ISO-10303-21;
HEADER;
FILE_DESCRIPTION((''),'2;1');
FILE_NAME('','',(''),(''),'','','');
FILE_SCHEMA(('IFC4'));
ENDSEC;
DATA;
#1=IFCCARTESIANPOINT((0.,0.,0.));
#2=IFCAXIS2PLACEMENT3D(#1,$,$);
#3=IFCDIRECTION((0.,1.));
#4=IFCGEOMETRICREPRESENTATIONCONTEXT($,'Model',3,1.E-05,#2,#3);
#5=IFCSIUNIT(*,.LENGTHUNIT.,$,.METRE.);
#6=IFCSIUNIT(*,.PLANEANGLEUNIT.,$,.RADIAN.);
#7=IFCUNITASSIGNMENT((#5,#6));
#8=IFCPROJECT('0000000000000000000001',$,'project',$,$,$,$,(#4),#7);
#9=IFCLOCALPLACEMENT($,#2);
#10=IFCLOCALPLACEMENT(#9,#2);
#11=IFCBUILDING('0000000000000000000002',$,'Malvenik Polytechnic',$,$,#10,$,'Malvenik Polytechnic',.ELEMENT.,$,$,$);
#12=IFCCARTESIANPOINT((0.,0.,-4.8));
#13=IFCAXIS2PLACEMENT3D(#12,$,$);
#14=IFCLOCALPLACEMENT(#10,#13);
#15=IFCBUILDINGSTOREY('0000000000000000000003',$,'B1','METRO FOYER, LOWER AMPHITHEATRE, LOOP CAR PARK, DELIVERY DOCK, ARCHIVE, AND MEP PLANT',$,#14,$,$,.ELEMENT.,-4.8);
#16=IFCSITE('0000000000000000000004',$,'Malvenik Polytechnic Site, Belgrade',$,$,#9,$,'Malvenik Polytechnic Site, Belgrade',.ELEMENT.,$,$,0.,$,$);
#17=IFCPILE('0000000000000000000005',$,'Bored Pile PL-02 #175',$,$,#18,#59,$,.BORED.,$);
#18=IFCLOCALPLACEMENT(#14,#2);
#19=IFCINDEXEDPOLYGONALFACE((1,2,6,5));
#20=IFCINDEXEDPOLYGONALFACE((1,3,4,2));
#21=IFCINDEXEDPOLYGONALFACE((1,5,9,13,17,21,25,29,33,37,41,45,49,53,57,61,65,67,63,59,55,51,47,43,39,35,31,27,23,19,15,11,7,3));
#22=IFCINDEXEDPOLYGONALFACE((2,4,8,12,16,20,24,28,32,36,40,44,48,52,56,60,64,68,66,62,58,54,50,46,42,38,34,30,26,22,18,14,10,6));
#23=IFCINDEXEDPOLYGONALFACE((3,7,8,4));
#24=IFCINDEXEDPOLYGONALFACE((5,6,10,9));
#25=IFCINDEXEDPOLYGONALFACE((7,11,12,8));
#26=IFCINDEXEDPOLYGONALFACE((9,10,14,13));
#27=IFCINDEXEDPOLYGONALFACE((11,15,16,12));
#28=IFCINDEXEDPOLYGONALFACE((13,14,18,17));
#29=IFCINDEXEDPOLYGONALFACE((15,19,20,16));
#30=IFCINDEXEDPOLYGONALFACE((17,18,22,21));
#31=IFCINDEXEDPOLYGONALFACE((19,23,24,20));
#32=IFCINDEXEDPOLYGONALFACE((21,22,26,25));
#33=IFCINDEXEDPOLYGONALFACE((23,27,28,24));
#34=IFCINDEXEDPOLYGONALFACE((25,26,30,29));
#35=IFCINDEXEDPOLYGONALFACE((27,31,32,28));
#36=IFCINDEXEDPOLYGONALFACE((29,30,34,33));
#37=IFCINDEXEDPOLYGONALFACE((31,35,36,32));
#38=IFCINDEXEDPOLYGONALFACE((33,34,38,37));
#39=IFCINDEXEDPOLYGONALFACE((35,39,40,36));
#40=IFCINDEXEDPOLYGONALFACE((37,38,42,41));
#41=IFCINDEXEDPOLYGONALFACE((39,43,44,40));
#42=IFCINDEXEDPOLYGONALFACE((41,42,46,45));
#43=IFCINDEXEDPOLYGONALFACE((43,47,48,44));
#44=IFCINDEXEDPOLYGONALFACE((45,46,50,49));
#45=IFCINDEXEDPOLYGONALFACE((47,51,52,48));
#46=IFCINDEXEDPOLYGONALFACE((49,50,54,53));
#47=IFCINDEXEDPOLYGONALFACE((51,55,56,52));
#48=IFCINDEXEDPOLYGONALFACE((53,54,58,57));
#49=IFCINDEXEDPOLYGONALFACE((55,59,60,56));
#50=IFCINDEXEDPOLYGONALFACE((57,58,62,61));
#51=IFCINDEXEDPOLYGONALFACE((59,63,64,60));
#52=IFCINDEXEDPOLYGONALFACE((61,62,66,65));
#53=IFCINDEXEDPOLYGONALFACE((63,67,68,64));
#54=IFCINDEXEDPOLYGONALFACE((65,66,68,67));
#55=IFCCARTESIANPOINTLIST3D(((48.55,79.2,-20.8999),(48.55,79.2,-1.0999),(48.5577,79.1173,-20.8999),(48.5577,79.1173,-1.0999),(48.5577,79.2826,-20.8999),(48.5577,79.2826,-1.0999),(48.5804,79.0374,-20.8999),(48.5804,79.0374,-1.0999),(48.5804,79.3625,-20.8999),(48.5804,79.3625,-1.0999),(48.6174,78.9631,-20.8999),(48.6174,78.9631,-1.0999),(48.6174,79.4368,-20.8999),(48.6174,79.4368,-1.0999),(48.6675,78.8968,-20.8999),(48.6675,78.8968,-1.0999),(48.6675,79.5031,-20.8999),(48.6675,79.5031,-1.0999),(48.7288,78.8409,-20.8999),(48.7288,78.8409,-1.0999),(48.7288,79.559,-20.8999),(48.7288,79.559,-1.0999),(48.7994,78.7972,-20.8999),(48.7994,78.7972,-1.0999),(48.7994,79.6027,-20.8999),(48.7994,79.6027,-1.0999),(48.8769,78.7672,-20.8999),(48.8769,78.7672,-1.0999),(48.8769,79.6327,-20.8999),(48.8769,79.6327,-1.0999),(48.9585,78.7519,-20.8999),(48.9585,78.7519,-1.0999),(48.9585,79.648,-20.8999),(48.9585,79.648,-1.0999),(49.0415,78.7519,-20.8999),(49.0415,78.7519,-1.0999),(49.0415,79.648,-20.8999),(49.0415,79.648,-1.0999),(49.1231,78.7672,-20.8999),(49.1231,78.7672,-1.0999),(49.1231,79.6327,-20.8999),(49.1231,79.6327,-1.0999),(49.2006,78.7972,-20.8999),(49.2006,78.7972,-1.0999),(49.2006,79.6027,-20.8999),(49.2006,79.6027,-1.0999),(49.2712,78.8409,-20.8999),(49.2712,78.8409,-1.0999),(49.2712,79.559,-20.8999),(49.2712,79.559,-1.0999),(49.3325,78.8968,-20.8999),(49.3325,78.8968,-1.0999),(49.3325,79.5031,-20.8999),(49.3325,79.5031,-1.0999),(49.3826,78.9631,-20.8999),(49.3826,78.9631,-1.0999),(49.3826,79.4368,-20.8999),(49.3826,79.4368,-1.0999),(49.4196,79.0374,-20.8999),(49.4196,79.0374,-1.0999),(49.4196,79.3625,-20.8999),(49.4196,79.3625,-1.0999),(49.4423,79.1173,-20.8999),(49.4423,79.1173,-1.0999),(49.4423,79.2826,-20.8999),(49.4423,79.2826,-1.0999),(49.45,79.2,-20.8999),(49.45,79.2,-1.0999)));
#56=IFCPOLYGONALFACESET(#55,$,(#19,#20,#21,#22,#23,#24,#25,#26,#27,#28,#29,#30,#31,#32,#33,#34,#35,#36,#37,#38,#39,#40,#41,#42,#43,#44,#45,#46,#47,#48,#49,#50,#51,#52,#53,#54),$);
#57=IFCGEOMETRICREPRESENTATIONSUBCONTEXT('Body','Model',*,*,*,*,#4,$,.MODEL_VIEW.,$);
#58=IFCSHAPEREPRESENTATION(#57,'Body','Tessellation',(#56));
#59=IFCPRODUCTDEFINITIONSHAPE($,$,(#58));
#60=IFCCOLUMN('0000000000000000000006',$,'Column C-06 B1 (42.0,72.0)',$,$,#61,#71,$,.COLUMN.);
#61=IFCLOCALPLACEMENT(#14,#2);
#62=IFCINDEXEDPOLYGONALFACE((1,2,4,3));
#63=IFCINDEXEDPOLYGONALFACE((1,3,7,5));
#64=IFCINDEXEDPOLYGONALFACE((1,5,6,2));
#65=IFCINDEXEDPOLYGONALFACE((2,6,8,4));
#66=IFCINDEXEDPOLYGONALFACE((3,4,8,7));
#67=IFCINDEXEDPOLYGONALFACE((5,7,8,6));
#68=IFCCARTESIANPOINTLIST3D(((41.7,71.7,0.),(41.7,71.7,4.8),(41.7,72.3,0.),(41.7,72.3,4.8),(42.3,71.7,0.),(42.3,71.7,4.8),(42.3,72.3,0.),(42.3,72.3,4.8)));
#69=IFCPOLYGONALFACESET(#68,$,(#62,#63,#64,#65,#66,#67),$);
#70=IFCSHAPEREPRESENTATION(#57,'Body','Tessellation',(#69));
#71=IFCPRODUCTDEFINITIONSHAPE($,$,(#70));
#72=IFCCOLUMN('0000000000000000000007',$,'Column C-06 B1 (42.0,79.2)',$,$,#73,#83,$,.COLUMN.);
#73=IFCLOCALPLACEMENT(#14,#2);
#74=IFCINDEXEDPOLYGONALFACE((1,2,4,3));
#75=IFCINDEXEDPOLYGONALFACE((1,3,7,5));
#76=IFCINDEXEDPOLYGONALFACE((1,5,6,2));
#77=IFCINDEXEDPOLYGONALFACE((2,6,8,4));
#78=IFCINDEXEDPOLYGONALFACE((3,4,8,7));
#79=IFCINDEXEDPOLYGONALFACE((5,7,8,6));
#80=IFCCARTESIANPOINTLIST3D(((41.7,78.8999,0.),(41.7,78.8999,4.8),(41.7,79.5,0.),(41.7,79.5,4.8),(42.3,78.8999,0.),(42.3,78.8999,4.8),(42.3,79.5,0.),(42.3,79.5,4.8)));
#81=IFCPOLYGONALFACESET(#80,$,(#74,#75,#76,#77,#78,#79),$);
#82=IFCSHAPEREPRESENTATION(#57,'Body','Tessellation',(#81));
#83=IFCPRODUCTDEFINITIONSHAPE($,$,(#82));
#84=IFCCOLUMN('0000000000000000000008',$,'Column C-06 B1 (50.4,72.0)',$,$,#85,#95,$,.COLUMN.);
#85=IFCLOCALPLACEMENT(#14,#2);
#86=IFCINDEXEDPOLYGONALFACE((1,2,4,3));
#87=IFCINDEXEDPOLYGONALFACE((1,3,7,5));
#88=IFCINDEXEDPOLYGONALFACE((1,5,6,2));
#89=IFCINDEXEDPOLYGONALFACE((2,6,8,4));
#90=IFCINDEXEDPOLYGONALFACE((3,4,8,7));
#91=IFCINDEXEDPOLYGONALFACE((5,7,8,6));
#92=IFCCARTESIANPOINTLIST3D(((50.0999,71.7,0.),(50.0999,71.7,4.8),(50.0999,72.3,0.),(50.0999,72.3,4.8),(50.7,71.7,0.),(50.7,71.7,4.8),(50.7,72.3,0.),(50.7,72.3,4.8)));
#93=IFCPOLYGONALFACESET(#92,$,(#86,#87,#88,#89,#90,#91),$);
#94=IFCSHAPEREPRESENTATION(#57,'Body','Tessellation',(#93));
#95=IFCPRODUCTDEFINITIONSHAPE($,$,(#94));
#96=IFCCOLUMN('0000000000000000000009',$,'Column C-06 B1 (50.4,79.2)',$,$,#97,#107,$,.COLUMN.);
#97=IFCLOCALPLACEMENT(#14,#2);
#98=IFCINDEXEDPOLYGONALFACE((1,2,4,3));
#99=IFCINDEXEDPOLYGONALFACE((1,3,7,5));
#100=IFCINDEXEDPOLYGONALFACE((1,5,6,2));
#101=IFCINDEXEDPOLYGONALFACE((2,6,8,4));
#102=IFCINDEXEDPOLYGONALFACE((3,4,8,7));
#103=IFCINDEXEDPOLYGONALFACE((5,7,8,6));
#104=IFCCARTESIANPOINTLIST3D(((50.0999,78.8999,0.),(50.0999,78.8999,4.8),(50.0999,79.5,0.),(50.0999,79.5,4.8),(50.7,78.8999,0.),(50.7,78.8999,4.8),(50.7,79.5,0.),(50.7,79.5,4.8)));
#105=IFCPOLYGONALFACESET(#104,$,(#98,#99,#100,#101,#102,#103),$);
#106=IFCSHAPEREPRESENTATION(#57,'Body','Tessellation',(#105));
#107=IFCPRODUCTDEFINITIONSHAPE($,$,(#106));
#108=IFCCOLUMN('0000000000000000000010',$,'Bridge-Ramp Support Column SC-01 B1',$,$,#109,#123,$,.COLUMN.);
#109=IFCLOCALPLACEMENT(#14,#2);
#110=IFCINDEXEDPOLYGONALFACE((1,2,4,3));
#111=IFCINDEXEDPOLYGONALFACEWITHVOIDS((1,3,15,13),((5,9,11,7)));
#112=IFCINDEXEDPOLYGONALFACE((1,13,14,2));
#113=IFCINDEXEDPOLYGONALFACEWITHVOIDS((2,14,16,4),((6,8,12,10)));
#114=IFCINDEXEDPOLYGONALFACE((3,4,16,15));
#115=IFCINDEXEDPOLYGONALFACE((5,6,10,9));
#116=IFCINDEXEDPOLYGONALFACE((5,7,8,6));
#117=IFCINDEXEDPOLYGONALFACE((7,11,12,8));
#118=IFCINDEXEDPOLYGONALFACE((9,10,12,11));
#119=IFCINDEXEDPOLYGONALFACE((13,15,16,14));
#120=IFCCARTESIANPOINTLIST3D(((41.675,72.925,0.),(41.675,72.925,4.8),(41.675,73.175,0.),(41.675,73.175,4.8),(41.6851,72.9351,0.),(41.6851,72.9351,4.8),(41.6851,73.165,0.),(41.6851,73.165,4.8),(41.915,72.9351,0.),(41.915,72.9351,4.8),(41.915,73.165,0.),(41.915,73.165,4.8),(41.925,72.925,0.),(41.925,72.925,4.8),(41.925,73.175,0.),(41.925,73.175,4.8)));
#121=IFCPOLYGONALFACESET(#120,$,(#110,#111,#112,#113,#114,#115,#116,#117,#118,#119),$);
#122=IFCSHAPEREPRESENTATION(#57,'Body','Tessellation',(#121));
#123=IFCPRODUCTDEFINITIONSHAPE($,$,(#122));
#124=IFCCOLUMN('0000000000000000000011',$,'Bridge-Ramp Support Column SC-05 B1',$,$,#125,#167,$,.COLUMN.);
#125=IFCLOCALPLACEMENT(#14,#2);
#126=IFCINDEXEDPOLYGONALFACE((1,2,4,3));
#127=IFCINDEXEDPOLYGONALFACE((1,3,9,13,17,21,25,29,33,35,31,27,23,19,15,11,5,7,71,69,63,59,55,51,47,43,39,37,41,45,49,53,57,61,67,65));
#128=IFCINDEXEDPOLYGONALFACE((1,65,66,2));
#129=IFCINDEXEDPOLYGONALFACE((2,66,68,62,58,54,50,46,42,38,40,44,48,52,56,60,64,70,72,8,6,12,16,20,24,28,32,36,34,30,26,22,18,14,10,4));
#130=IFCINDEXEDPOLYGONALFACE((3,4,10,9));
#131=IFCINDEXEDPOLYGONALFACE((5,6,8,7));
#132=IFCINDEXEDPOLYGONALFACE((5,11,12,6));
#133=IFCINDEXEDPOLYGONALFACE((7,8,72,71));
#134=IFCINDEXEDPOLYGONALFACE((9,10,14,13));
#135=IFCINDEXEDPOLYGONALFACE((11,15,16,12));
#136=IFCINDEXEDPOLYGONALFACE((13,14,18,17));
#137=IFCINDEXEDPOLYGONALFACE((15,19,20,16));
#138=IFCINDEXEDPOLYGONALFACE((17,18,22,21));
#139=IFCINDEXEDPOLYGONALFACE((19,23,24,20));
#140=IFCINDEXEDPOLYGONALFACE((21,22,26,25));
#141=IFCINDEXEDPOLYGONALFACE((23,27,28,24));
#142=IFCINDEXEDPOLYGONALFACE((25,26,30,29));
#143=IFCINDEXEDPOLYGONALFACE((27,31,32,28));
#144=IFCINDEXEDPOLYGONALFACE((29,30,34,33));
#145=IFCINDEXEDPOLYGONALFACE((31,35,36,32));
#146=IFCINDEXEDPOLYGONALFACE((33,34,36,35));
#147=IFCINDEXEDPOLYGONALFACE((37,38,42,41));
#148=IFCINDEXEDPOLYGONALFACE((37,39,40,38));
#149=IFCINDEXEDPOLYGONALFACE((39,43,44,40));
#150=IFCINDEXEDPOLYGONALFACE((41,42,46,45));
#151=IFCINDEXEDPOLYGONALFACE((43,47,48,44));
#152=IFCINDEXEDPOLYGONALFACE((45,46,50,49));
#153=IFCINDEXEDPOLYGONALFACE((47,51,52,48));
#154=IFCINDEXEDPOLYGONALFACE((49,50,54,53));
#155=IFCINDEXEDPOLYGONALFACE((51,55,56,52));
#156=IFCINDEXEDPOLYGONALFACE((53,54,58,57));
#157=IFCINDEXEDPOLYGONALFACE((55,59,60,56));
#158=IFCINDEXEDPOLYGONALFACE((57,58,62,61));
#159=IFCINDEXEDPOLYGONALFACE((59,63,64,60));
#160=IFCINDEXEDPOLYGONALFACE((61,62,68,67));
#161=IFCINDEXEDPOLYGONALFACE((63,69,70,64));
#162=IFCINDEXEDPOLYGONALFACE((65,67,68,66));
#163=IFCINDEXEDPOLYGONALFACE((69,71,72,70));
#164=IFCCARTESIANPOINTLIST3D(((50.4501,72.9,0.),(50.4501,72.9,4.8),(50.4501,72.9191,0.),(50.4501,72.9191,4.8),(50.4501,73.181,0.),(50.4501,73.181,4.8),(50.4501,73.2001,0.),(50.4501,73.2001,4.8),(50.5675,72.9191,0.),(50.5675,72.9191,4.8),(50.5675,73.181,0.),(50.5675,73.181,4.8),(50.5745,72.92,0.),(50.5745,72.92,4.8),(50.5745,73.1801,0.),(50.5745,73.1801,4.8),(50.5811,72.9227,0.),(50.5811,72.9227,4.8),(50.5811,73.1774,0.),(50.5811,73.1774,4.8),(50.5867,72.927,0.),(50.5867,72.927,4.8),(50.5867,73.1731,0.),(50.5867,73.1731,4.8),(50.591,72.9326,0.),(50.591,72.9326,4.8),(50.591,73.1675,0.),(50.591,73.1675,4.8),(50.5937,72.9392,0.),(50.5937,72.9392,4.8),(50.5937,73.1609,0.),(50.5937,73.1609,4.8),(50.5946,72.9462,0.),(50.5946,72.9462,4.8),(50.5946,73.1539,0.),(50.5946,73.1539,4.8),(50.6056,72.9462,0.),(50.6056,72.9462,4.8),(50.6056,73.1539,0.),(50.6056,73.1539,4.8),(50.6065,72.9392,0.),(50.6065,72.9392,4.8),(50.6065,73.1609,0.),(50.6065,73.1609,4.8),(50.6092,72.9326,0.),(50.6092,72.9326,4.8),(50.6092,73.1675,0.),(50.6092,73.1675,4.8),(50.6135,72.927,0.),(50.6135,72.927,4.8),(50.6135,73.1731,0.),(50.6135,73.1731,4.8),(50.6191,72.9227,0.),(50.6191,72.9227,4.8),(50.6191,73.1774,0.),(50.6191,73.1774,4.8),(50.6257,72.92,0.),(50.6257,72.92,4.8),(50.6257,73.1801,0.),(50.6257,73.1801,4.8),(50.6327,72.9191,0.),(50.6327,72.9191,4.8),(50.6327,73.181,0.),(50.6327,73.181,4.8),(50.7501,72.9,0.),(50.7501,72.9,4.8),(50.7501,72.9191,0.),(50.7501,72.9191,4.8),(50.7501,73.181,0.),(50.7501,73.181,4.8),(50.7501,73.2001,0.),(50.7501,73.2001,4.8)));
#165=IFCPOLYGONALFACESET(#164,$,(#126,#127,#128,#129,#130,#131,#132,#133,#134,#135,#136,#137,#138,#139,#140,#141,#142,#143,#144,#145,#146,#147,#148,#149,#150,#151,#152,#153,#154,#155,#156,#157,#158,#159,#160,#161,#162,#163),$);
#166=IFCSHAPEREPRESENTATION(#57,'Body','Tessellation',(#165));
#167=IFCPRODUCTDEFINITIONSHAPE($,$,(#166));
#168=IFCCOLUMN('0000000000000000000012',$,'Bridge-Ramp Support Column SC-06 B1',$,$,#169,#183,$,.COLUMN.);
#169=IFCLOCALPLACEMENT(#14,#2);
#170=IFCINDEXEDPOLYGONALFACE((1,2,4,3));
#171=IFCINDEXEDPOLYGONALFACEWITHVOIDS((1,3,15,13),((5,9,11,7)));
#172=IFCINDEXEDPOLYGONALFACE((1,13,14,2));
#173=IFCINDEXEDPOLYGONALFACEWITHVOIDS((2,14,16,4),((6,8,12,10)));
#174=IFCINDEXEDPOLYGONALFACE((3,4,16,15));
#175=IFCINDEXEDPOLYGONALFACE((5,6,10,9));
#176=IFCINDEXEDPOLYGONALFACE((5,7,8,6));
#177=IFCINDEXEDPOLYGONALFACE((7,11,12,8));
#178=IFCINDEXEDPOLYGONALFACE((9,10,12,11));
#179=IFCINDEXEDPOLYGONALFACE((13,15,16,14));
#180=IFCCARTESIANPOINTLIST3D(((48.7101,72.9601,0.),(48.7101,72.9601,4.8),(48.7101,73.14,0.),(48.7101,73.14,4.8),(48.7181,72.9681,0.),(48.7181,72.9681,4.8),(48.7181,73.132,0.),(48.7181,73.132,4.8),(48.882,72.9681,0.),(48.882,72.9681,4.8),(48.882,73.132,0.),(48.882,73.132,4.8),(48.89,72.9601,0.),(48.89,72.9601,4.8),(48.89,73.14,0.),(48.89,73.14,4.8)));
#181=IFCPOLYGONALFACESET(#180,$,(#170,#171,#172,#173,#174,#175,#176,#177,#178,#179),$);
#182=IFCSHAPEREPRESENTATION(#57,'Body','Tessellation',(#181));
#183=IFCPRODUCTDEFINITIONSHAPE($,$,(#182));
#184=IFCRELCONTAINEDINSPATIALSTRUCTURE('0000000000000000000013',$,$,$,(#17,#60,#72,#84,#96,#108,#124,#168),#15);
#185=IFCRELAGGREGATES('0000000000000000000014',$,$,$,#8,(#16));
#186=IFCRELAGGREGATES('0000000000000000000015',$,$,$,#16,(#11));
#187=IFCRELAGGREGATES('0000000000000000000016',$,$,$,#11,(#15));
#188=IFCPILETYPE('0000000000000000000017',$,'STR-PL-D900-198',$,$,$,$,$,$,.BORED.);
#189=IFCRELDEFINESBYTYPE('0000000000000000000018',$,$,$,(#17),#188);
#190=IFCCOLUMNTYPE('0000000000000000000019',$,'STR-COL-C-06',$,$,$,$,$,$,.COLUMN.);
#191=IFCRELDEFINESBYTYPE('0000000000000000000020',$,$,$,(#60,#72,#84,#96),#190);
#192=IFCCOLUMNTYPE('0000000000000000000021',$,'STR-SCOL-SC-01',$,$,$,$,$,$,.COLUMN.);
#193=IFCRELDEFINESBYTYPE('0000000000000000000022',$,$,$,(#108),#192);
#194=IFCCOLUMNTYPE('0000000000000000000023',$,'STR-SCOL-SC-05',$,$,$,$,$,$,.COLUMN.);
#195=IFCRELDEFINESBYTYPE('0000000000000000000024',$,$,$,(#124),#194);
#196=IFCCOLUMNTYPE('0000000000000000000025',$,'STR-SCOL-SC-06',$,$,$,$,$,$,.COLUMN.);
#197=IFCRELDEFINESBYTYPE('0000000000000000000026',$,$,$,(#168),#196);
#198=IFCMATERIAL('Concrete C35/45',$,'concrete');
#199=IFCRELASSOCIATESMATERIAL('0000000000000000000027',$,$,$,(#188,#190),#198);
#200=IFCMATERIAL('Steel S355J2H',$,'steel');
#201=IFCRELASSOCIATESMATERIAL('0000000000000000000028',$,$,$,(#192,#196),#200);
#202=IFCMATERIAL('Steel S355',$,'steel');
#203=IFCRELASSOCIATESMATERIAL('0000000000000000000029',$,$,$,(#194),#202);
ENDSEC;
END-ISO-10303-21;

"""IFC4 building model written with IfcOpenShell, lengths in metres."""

from ifc_helpers import new_model, si_unit, direction, frame, origin, origin_2d, place, context, subcontext, project, spatial, rectangle, hollow_rectangle, circle, i_section, extrude, material, material_profile, profile_set, type_object, element, save


model = new_model("IFC4")

# Units and contexts
model_context = context("Model", 3, precision=1e-05, world=origin(), true_north=direction((0.0, 1.0)))
body_context = subcontext(model_context, "Body", "Model", "MODEL_VIEW")
ifc_project = project(units=[si_unit("LENGTHUNIT", "METRE"), si_unit("PLANEANGLEUNIT", "RADIAN")], contexts=[model_context])

# Site, building, storey
site_placement = place(None, origin())
site = spatial("IfcSite", under=ifc_project, at=site_placement, Name="Malvenik Polytechnic Site, Belgrade", LongName="Malvenik Polytechnic Site, Belgrade", CompositionType="ELEMENT", RefElevation=0.0)
building_placement = place(site_placement, origin())
building = spatial("IfcBuilding", under=site, at=building_placement, Name="Malvenik Polytechnic", LongName="Malvenik Polytechnic", CompositionType="ELEMENT")
storey_placement = place(building_placement, frame((0.0, 0.0, -4.8)))
storey = spatial("IfcBuildingStorey", under=building, at=storey_placement, Name="B1", Description="METRO FOYER, LOWER AMPHITHEATRE, LOOP CAR PARK, DELIVERY DOCK, ARCHIVE, AND MEP PLANT", CompositionType="ELEMENT", Elevation=-4.8)

# Shared definitions
ifc_material_1 = material(Name="Concrete C35/45", Category="concrete")

# Pile
ifc_material_profile_1 = material_profile(ifc_material_1, circle(Radius=0.45, at=origin_2d()), Name="BORED PILE D900")
ifc_profile_set_1 = profile_set([ifc_material_profile_1], Name="Concrete C35/45")
pile_type_1 = type_object("IfcPileType", Name="STR-PL-D900-198", PredefinedType="BORED", material=ifc_profile_set_1)
for number, where, z_axis, x_axis, name in (
    (1, (49.0, 79.2, -1.0999), (0.0, 0.0, -1.0), (1.0, 0.0, 0.0), "Bored Pile PL-02 #175"),
):
    element("IfcPile", number, at=place(storey_placement, frame(where, z_axis=z_axis, x_axis=x_axis)), inside=storey, type_object=pile_type_1, Name=name, PredefinedType="BORED", context=body_context, shape_type="SweptSolid", body=[
        extrude(circle(Radius=0.45, at=origin_2d()), origin(), (0.0, 0.0, 1.0), 19.8),
    ])

# Columns
ifc_material_profile_2 = material_profile(ifc_material_1, rectangle(XDim=0.6001, YDim=0.6001, at=origin_2d()), Name="RC COL 600x600")
ifc_profile_set_2 = profile_set([ifc_material_profile_2], Name="Concrete C35/45")
column_type_1 = type_object("IfcColumnType", Name="STR-COL-C-06", PredefinedType="COLUMN", material=ifc_profile_set_2)
for number, where, z_axis, x_axis, name in (
    (2, (42.0, 72.0, 0.0), (0.0, 0.0, 1.0), (1.0, 0.0, 0.0), "Column C-06 B1 (42.0,72.0)"),
    (3, (42.0, 79.2, 0.0), (0.0, 0.0, 1.0), (1.0, 0.0, 0.0), "Column C-06 B1 (42.0,79.2)"),
    (4, (50.3999, 72.0, 0.0), (0.0, 0.0, 1.0), (1.0, 0.0, 0.0), "Column C-06 B1 (50.4,72.0)"),
    (5, (50.3999, 79.2, 0.0), (0.0, 0.0, 1.0), (1.0, 0.0, 0.0), "Column C-06 B1 (50.4,79.2)"),
):
    element("IfcColumn", number, at=place(storey_placement, frame(where, z_axis=z_axis, x_axis=x_axis)), inside=storey, type_object=column_type_1, Name=name, PredefinedType="COLUMN", context=body_context, shape_type="SweptSolid", body=[
        extrude(rectangle(XDim=0.6001, YDim=0.6001, at=origin_2d()), origin(), (0.0, 0.0, 1.0), 4.8),
    ])
ifc_material_2 = material(Name="Steel S355J2H", Category="steel")
ifc_material_profile_3 = material_profile(ifc_material_2, hollow_rectangle(XDim=0.25, YDim=0.25, WallThickness=0.01, at=origin_2d()), Name="SHS 250x250x10.0")
ifc_profile_set_3 = profile_set([ifc_material_profile_3], Name="Steel S355J2H")
column_type_2 = type_object("IfcColumnType", Name="STR-SCOL-SC-01", PredefinedType="COLUMN", material=ifc_profile_set_3)
column_1_placement = place(storey_placement, frame((41.8, 73.05, 0.0), z_axis=(0.0, 0.0, 1.0), x_axis=(1.0, 0.0, 0.0)))
element("IfcColumn", 6, at=column_1_placement, inside=storey, type_object=column_type_2, Name="Bridge-Ramp Support Column SC-01 B1", PredefinedType="COLUMN", context=body_context, shape_type="SweptSolid", body=[
    extrude(hollow_rectangle(XDim=0.25, YDim=0.25, WallThickness=0.01, at=origin_2d()), origin(), (0.0, 0.0, 1.0), 4.8),
])
ifc_material_3 = material(Name="Steel S355", Category="steel")
ifc_material_profile_4 = material_profile(ifc_material_3, i_section(OverallWidth=0.3, OverallDepth=0.3, WebThickness=0.011, FlangeThickness=0.019, FilletRadius=0.0271, at=origin_2d()), Name="HEB 300")
ifc_profile_set_4 = profile_set([ifc_material_profile_4], Name="Steel S355")
column_type_3 = type_object("IfcColumnType", Name="STR-SCOL-SC-05", PredefinedType="COLUMN", material=ifc_profile_set_4)
column_2_placement = place(storey_placement, frame((50.6001, 73.05, 0.0), z_axis=(0.0, 0.0, 1.0), x_axis=(1.0, 0.0, 0.0)))
element("IfcColumn", 7, at=column_2_placement, inside=storey, type_object=column_type_3, Name="Bridge-Ramp Support Column SC-05 B1", PredefinedType="COLUMN", context=body_context, shape_type="SweptSolid", body=[
    extrude(i_section(OverallWidth=0.3, OverallDepth=0.3, WebThickness=0.011, FlangeThickness=0.019, FilletRadius=0.0271, at=origin_2d()), origin(), (0.0, 0.0, 1.0), 4.8),
])
ifc_material_profile_5 = material_profile(ifc_material_2, hollow_rectangle(XDim=0.1799, YDim=0.1799, WallThickness=0.0081, at=origin_2d()), Name="SHS 180x180x8.0")
ifc_profile_set_5 = profile_set([ifc_material_profile_5], Name="Steel S355J2H")
column_type_4 = type_object("IfcColumnType", Name="STR-SCOL-SC-06", PredefinedType="COLUMN", material=ifc_profile_set_5)
column_3_placement = place(storey_placement, frame((48.8, 73.05, 0.0), z_axis=(0.0, 0.0, 1.0), x_axis=(1.0, 0.0, 0.0)))
element("IfcColumn", 8, at=column_3_placement, inside=storey, type_object=column_type_4, Name="Bridge-Ramp Support Column SC-06 B1", PredefinedType="COLUMN", context=body_context, shape_type="SweptSolid", body=[
    extrude(hollow_rectangle(XDim=0.1799, YDim=0.1799, WallThickness=0.0081, at=origin_2d()), origin(), (0.0, 0.0, 1.0), 4.8),
])

save(model, "model.ifc")
